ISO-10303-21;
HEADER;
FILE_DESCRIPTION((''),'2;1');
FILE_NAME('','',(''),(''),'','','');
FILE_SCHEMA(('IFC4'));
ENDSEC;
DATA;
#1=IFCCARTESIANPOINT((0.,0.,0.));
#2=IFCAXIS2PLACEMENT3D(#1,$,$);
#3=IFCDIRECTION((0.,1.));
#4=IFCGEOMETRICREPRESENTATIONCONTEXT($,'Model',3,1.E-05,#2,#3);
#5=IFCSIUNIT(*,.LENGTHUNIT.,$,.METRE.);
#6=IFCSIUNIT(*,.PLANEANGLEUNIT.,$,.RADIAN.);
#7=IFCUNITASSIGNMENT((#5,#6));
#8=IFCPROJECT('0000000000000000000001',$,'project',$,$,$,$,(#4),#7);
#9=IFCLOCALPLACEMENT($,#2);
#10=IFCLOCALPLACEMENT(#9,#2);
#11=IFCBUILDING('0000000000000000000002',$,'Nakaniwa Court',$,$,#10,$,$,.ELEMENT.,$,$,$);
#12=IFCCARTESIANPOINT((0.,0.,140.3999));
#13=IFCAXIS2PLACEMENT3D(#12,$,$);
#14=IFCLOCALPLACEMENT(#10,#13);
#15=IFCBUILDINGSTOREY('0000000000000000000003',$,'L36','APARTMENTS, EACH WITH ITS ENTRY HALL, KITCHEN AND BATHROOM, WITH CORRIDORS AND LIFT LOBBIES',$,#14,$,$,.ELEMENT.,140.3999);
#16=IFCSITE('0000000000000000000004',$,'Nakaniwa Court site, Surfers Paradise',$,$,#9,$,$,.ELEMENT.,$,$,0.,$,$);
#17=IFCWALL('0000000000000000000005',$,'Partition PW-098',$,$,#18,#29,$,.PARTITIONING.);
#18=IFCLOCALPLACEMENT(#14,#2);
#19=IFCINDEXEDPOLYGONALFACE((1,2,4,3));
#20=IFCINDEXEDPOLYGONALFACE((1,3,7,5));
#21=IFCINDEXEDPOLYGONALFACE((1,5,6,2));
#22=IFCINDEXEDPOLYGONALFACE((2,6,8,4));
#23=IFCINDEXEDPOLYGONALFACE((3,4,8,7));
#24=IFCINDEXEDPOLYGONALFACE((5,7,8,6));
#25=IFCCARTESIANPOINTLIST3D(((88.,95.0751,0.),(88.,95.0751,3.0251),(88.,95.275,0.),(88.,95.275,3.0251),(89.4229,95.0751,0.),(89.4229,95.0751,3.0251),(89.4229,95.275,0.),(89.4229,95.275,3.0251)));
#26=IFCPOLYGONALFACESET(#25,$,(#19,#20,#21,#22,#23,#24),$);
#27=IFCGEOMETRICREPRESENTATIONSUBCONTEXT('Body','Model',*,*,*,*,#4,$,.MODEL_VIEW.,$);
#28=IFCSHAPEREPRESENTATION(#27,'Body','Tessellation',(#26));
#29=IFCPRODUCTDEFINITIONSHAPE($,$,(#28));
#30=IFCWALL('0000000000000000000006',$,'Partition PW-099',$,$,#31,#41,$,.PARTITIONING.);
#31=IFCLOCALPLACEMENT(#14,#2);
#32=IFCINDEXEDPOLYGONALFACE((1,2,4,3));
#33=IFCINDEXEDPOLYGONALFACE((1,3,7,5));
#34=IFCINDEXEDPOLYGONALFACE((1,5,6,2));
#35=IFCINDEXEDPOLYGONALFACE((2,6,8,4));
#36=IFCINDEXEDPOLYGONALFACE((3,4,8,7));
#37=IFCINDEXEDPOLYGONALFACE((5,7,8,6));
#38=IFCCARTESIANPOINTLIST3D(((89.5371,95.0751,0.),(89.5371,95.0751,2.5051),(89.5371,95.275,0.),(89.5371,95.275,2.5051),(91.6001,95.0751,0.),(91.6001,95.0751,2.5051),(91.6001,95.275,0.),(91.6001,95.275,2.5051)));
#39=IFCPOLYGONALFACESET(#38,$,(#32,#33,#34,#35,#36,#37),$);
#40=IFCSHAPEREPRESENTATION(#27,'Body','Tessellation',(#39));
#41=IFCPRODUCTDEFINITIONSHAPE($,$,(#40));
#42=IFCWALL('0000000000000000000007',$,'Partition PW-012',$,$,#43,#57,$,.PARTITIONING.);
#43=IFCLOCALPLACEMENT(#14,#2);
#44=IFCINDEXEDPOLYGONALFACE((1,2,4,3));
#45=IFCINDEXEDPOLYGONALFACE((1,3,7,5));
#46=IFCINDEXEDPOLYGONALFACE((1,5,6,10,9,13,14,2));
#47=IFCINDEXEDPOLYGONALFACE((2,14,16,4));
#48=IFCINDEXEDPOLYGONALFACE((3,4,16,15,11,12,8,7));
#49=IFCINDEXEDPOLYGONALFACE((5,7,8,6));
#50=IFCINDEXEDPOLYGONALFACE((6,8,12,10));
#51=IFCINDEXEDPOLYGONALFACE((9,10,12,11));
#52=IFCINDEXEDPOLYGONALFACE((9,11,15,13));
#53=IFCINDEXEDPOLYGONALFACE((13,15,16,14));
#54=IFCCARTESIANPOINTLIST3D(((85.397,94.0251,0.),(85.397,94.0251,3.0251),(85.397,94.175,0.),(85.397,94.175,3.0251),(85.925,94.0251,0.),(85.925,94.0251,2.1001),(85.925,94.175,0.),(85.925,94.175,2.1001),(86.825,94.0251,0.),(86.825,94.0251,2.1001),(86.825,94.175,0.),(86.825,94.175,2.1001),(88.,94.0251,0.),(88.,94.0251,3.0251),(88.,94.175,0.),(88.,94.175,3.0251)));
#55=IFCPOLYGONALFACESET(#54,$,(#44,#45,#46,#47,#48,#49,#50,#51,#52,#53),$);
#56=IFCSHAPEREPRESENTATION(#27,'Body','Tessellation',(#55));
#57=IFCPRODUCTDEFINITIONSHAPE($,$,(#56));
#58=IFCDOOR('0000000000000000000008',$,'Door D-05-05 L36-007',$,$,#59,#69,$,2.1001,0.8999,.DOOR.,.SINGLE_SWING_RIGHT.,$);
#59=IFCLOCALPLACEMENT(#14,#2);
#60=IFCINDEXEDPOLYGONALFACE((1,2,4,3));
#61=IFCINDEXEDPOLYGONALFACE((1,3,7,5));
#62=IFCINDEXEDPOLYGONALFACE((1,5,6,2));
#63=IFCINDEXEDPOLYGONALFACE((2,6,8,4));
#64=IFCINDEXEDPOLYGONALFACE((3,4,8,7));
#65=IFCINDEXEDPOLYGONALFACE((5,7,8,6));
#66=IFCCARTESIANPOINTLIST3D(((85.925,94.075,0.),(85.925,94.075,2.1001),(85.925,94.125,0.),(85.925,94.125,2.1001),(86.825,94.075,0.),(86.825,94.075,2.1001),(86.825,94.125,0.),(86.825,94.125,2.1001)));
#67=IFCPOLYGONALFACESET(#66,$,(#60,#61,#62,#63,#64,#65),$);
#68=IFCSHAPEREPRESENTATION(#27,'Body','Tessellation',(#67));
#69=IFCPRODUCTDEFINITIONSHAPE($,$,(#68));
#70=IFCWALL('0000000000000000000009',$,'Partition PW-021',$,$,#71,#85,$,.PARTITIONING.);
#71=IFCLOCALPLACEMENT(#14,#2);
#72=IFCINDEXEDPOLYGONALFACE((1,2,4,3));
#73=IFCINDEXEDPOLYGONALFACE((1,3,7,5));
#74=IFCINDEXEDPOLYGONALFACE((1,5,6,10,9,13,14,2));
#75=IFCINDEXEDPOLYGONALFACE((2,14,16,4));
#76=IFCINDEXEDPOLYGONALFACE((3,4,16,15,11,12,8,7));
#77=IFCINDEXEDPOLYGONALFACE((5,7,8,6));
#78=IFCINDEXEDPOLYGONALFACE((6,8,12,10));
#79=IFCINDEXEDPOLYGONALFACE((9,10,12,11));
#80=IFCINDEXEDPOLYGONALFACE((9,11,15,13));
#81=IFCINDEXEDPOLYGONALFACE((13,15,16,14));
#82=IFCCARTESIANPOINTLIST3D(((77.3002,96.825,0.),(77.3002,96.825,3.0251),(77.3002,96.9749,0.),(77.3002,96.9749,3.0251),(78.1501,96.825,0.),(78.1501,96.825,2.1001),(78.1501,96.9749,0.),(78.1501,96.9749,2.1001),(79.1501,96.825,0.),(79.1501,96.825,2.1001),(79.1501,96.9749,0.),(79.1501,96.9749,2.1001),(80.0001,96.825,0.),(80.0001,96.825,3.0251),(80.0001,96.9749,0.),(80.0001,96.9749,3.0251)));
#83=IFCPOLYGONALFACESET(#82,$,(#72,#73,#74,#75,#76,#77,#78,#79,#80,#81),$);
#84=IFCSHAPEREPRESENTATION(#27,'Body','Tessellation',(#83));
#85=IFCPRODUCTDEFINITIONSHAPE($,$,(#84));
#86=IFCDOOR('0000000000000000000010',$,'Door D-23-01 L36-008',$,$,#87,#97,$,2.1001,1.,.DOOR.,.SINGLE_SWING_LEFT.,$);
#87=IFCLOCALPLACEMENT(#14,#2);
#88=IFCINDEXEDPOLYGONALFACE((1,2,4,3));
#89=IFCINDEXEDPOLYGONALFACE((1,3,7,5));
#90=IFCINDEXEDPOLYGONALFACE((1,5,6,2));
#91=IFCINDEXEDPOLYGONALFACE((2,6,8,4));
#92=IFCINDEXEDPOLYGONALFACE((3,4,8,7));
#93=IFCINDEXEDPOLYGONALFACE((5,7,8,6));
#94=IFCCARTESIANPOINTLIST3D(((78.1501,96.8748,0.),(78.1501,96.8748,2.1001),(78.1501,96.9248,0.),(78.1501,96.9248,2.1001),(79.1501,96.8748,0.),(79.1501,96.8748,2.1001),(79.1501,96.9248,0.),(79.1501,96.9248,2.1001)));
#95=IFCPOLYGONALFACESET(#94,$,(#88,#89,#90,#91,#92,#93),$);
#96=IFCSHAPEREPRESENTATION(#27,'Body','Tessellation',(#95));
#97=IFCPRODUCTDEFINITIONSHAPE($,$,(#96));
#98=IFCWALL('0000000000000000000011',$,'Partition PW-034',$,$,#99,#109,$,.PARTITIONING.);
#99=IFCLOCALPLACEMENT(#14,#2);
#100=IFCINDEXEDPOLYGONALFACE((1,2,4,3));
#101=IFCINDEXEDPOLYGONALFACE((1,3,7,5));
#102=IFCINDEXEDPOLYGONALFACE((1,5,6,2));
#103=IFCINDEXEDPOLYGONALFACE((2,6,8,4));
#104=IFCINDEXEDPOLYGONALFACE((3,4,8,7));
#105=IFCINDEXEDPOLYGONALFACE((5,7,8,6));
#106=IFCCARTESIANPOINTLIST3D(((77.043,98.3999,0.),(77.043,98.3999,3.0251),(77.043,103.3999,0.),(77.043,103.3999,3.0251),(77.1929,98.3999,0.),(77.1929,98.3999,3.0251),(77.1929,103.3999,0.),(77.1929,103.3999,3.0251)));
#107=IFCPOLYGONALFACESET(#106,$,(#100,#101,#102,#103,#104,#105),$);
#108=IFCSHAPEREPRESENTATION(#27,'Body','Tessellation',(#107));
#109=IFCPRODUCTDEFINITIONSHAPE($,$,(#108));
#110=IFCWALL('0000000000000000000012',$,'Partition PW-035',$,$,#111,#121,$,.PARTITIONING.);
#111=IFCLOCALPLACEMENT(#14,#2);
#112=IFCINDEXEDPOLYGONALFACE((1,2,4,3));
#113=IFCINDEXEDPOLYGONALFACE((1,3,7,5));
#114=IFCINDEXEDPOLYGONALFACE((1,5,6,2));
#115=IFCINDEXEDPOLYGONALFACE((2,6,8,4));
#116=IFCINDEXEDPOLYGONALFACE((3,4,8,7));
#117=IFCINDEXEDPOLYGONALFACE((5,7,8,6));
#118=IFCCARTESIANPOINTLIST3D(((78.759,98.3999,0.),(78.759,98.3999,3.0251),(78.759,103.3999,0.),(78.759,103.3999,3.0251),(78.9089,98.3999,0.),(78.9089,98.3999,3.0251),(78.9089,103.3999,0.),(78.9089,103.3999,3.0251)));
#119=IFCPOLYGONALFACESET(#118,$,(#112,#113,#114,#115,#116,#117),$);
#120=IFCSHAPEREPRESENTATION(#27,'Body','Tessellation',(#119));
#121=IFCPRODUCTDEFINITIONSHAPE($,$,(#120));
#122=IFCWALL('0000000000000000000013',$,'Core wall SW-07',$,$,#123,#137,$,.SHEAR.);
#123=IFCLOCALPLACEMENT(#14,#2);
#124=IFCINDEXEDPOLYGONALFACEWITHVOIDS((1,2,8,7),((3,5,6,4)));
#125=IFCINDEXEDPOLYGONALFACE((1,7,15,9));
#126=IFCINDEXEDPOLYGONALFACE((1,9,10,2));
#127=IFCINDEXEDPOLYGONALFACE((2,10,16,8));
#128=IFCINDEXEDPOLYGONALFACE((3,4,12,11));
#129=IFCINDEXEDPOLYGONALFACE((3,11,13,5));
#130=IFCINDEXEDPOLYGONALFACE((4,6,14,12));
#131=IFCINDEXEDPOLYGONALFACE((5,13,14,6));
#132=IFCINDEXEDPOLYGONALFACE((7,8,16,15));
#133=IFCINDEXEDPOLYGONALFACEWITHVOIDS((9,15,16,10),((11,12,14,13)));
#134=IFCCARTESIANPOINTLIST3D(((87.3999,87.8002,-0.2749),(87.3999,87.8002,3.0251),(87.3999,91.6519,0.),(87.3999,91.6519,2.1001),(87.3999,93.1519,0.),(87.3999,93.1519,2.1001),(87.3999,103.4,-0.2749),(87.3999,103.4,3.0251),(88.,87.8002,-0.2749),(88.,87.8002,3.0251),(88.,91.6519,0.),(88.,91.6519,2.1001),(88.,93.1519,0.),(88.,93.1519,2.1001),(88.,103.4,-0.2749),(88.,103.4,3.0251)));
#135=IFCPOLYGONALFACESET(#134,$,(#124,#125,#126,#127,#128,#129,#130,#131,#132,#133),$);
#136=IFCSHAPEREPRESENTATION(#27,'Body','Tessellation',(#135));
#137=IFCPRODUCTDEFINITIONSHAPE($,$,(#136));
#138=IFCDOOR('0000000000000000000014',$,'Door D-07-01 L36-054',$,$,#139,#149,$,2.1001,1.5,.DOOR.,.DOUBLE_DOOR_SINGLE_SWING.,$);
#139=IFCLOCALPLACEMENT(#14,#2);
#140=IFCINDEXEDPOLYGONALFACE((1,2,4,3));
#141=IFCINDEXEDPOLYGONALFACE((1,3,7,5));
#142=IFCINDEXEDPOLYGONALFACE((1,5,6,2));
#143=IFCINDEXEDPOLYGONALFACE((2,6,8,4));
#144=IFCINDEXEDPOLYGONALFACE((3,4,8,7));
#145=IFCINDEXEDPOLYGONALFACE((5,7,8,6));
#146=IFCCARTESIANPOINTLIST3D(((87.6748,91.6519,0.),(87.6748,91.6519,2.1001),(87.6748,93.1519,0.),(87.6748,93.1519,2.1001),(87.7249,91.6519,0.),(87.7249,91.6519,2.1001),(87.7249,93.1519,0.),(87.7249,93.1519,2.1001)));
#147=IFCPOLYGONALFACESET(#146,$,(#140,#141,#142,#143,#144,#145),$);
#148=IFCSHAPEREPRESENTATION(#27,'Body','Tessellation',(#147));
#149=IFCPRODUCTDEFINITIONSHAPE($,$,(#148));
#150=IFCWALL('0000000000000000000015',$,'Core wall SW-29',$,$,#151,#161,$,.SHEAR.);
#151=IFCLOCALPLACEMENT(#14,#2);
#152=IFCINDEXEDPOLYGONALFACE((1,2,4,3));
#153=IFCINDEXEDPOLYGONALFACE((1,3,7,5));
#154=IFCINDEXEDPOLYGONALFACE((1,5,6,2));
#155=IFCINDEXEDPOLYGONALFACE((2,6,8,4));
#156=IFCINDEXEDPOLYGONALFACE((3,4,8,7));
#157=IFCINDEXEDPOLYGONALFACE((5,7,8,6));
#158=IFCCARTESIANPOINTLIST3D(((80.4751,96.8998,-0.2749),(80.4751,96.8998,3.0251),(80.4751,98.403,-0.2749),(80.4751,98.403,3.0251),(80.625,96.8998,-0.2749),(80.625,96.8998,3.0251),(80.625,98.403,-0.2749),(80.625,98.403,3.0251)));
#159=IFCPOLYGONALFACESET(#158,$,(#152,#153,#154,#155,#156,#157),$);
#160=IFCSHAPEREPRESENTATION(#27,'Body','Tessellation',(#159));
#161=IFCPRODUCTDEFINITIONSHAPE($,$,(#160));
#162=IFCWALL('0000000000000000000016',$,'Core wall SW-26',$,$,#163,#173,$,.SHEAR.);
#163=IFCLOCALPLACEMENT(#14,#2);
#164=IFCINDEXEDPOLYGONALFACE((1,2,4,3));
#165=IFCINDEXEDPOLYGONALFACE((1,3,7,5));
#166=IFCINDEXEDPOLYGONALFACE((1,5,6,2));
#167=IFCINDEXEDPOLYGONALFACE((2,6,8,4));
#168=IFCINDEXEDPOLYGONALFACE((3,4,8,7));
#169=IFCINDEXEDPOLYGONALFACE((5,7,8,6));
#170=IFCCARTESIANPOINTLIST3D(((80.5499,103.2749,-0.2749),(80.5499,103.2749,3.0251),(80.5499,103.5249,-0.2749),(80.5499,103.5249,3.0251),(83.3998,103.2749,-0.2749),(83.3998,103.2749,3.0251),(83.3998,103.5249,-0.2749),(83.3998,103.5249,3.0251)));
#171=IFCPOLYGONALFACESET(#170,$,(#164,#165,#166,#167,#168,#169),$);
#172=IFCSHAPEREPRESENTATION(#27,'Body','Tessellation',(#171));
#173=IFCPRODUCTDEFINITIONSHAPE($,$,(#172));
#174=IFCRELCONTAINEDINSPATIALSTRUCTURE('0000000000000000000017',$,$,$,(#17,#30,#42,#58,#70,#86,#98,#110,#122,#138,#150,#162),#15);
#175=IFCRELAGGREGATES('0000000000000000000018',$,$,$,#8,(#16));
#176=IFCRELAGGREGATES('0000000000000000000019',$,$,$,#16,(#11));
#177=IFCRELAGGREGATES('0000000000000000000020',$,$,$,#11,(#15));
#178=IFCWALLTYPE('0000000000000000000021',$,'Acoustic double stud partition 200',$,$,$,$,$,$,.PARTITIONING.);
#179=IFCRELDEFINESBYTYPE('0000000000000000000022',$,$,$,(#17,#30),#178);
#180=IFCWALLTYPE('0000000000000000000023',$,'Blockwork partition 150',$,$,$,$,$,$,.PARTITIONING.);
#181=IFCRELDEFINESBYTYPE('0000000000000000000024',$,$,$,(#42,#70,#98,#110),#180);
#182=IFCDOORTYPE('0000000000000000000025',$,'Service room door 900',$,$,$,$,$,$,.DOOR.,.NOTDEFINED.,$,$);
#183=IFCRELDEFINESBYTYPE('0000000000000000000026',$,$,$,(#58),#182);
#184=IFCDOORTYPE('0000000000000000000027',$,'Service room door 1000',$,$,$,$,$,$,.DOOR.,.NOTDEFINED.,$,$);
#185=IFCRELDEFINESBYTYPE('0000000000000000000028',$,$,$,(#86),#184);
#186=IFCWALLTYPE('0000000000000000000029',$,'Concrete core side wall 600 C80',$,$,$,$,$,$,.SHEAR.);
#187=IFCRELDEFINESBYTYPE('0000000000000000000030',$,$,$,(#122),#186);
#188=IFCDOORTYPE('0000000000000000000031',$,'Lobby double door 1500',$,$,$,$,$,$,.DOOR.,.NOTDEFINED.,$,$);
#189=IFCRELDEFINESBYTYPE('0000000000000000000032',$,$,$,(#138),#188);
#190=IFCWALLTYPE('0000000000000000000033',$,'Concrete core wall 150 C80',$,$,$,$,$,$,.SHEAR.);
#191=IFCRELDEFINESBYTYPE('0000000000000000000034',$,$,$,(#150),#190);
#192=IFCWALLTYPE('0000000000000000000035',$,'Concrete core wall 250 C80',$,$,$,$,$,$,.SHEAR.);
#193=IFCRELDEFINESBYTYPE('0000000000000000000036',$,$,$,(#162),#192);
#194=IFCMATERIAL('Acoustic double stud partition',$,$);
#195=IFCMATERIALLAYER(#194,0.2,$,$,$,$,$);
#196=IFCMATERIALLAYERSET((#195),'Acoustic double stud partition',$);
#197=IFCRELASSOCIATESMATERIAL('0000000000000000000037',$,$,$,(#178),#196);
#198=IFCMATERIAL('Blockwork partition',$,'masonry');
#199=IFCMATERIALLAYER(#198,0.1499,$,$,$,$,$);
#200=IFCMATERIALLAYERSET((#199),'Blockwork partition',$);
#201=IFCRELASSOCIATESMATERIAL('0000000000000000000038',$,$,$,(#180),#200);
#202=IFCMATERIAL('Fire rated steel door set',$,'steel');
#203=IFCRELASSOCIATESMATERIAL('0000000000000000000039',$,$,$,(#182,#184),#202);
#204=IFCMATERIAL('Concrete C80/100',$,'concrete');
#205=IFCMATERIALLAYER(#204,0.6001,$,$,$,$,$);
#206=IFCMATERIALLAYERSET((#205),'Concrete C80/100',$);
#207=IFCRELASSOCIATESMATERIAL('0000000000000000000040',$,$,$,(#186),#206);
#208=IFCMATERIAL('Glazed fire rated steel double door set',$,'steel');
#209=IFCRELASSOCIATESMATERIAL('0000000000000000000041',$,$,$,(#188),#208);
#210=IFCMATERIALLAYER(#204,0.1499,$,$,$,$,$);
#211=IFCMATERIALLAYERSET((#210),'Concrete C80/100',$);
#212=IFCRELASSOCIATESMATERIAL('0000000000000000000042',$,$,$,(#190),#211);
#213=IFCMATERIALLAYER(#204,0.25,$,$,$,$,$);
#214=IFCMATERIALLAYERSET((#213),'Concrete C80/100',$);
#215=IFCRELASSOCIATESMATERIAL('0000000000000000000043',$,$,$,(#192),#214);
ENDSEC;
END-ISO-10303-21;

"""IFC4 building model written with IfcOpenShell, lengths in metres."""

from ifc_helpers import new_model, si_unit, direction, frame, frame_2d, origin, place, context, subcontext, project, spatial, rectangle, extrude, material, layer, layer_set, type_object, element, fill, save


model = new_model("IFC4")

# Units and contexts
model_context = context("Model", 3, precision=1e-05, world=origin(), true_north=direction((0.0, 1.0)))
body_context = subcontext(model_context, "Body", "Model", "MODEL_VIEW")
ifc_project = project(units=[si_unit("LENGTHUNIT", "METRE"), si_unit("PLANEANGLEUNIT", "RADIAN")], contexts=[model_context])

# Site, building, storey
site_placement = place(None, origin())
site = spatial("IfcSite", under=ifc_project, at=site_placement, Name="Nakaniwa Court site, Surfers Paradise", CompositionType="ELEMENT", RefElevation=0.0)
building_placement = place(site_placement, origin())
building = spatial("IfcBuilding", under=site, at=building_placement, Name="Nakaniwa Court", CompositionType="ELEMENT")
storey_placement = place(building_placement, frame((0.0, 0.0, 140.3999)))
storey = spatial("IfcBuildingStorey", under=building, at=storey_placement, Name="L36", Description="APARTMENTS, EACH WITH ITS ENTRY HALL, KITCHEN AND BATHROOM, WITH CORRIDORS AND LIFT LOBBIES", CompositionType="ELEMENT", Elevation=140.3999)

# Walls
ifc_material_1 = material(Name="Acoustic double stud partition")
ifc_layer_1 = layer(ifc_material_1, 0.2)
ifc_layer_set_1 = layer_set([ifc_layer_1], Name="Acoustic double stud partition")
wall_type_1 = type_object("IfcWallType", Name="Acoustic double stud partition 200", PredefinedType="PARTITIONING", material=ifc_layer_set_1)
wall_1_placement = place(storey_placement, frame((88.0, 95.175, 0.0), z_axis=(0.0, 0.0, 1.0), x_axis=(1.0, 0.0, 0.0)))
element("IfcWall", 1, at=wall_1_placement, inside=storey, type_object=wall_type_1, Name="Partition PW-098", PredefinedType="PARTITIONING", context=body_context, shape_type="SweptSolid", body=[
    extrude(rectangle(XDim=1.4229, YDim=0.2, at=frame_2d((0.7114, 0.0))), origin(), (0.0, 0.0, 1.0), 3.0251),
])
wall_2_placement = place(storey_placement, frame((89.5371, 95.175, 0.0), z_axis=(0.0, 0.0, 1.0), x_axis=(1.0, 0.0, 0.0)))
element("IfcWall", 2, at=wall_2_placement, inside=storey, type_object=wall_type_1, Name="Partition PW-099", PredefinedType="PARTITIONING", context=body_context, shape_type="SweptSolid", body=[
    extrude(rectangle(XDim=2.063, YDim=0.2, at=frame_2d((1.0315, 0.0))), origin(), (0.0, 0.0, 1.0), 2.5051),
])

# Walls, openings, doors
ifc_material_2 = material(Name="Blockwork partition", Category="masonry")
ifc_layer_2 = layer(ifc_material_2, 0.1499)
ifc_layer_set_2 = layer_set([ifc_layer_2], Name="Blockwork partition")
wall_type_2 = type_object("IfcWallType", Name="Blockwork partition 150", PredefinedType="PARTITIONING", material=ifc_layer_set_2)
wall_3_placement = place(storey_placement, frame((85.397, 94.1001, 0.0), z_axis=(0.0, 0.0, 1.0), x_axis=(1.0, 0.0, 0.0)))
wall_3 = element("IfcWall", 3, at=wall_3_placement, inside=storey, type_object=wall_type_2, Name="Partition PW-012", PredefinedType="PARTITIONING", context=body_context, shape_type="SweptSolid", body=[
    extrude(rectangle(XDim=2.603, YDim=0.1499, at=frame_2d((1.3015, 0.0))), origin(), (0.0, 0.0, 1.0), 3.0251),
])
opening_1_placement = place(wall_3_placement, frame((0.5281, 0.0, 0.0)))
opening_1 = element("IfcOpeningElement", 4, at=opening_1_placement, cuts=wall_3, PredefinedType="OPENING", context=body_context, shape_type="SweptSolid", body=[
    extrude(rectangle(XDim=0.8999, YDim=2.1001, at=frame_2d((0.45, 1.05))), frame((0.0, 0.085, 0.0), z_axis=(0.0, -1.0, 0.0), x_axis=(1.0, 0.0, 0.0)), (0.0, 0.0, 1.0), 0.1699),
])
ifc_material_3 = material(Name="Fire rated steel door set", Category="steel")
door_type_1 = type_object("IfcDoorType", Name="Service room door 900", OperationType="NOTDEFINED", PredefinedType="DOOR", material=ifc_material_3)
door_1_placement = place(opening_1_placement, origin())
door_1 = element("IfcDoor", 5, at=door_1_placement, inside=storey, type_object=door_type_1, Name="Door D-05-05 L36-007", OperationType="SINGLE_SWING_RIGHT", OverallHeight=2.1001, OverallWidth=0.8999, PredefinedType="DOOR", context=body_context, shape_type="SweptSolid", body=[
    extrude(rectangle(XDim=0.8999, YDim=2.1001, at=frame_2d((0.45, 1.05))), frame((0.0, 0.0249, 0.0), z_axis=(0.0, -1.0, 0.0), x_axis=(1.0, 0.0, 0.0)), (0.0, 0.0, 1.0), 0.05),
])
fill(opening_1, door_1)
wall_4_placement = place(storey_placement, frame((77.3, 96.8999, 0.0), z_axis=(0.0, 0.0, 1.0), x_axis=(1.0, 0.0, 0.0)))
wall_4 = element("IfcWall", 6, at=wall_4_placement, inside=storey, type_object=wall_type_2, Name="Partition PW-021", PredefinedType="PARTITIONING", context=body_context, shape_type="SweptSolid", body=[
    extrude(rectangle(XDim=2.7, YDim=0.1499, at=frame_2d((1.3501, 0.0))), origin(), (0.0, 0.0, 1.0), 3.0251),
])
opening_2_placement = place(wall_4_placement, frame((0.8501, 0.0, 0.0)))
opening_2 = element("IfcOpeningElement", 7, at=opening_2_placement, cuts=wall_4, PredefinedType="OPENING", context=body_context, shape_type="SweptSolid", body=[
    extrude(rectangle(XDim=1.0, YDim=2.1001, at=frame_2d((0.5, 1.05))), frame((0.0, 0.085, 0.0), z_axis=(0.0, -1.0, 0.0), x_axis=(1.0, 0.0, 0.0)), (0.0, 0.0, 1.0), 0.1699),
])
door_type_2 = type_object("IfcDoorType", Name="Service room door 1000", OperationType="NOTDEFINED", PredefinedType="DOOR", material=ifc_material_3)
door_2_placement = place(opening_2_placement, origin())
door_2 = element("IfcDoor", 8, at=door_2_placement, inside=storey, type_object=door_type_2, Name="Door D-23-01 L36-008", OperationType="SINGLE_SWING_LEFT", OverallHeight=2.1001, OverallWidth=1.0, PredefinedType="DOOR", context=body_context, shape_type="SweptSolid", body=[
    extrude(rectangle(XDim=1.0, YDim=2.1001, at=frame_2d((0.5, 1.05))), frame((0.0, 0.0249, 0.0), z_axis=(0.0, -1.0, 0.0), x_axis=(1.0, 0.0, 0.0)), (0.0, 0.0, 1.0), 0.05),
])
fill(opening_2, door_2)

# Walls
for number, where, z_axis, x_axis, name in (
    (9, (77.1179, 98.3999, 0.0), (0.0, 0.0, 1.0), (0.0, 1.0, 0.0), "Partition PW-034"),
    (10, (78.834, 98.3999, 0.0), (0.0, 0.0, 1.0), (0.0, 1.0, 0.0), "Partition PW-035"),
):
    element("IfcWall", number, at=place(storey_placement, frame(where, z_axis=z_axis, x_axis=x_axis)), inside=storey, type_object=wall_type_2, Name=name, PredefinedType="PARTITIONING", context=body_context, shape_type="SweptSolid", body=[
        extrude(rectangle(XDim=5.0, YDim=0.1499, at=frame_2d((2.5, 0.0))), origin(), (0.0, 0.0, 1.0), 3.0251),
    ])

# Wall, opening, door
ifc_material_4 = material(Name="Concrete C80/100", Category="concrete")
ifc_layer_3 = layer(ifc_material_4, 0.6001)
ifc_layer_set_3 = layer_set([ifc_layer_3], Name="Concrete C80/100")
wall_type_3 = type_object("IfcWallType", Name="Concrete core side wall 600 C80", PredefinedType="SHEAR", material=ifc_layer_set_3)
wall_5_placement = place(storey_placement, frame((87.7, 103.3999, -0.2749), z_axis=(0.0, 0.0, 1.0), x_axis=(0.0, -1.0, 0.0)))
wall_5 = element("IfcWall", 11, at=wall_5_placement, inside=storey, type_object=wall_type_3, Name="Core wall SW-07", PredefinedType="SHEAR", context=body_context, shape_type="SweptSolid", body=[
    extrude(rectangle(XDim=15.5999, YDim=0.6001, at=frame_2d((7.7998, 0.0))), origin(), (0.0, 0.0, 1.0), 3.3),
])
opening_3_placement = place(wall_5_placement, frame((10.248, 0.0, 0.2749)))
opening_3 = element("IfcOpeningElement", 12, at=opening_3_placement, cuts=wall_5, PredefinedType="OPENING", context=body_context, shape_type="SweptSolid", body=[
    extrude(rectangle(XDim=1.5, YDim=2.1001, at=frame_2d((0.75, 1.05))), frame((0.0, 0.3101, 0.0), z_axis=(0.0, -1.0, 0.0), x_axis=(1.0, 0.0, 0.0)), (0.0, 0.0, 1.0), 0.6201),
])
ifc_material_5 = material(Name="Glazed fire rated steel double door set", Category="steel")
door_type_3 = type_object("IfcDoorType", Name="Lobby double door 1500", OperationType="NOTDEFINED", PredefinedType="DOOR", material=ifc_material_5)
door_3_placement = place(opening_3_placement, origin())
door_3 = element("IfcDoor", 13, at=door_3_placement, inside=storey, type_object=door_type_3, Name="Door D-07-01 L36-054", OperationType="DOUBLE_DOOR_SINGLE_SWING", OverallHeight=2.1001, OverallWidth=1.5, PredefinedType="DOOR", context=body_context, shape_type="SweptSolid", body=[
    extrude(rectangle(XDim=1.5, YDim=2.1001, at=frame_2d((0.75, 1.05))), frame((0.0, 0.0249, 0.0), z_axis=(0.0, -1.0, 0.0), x_axis=(1.0, 0.0, 0.0)), (0.0, 0.0, 1.0), 0.05),
])
fill(opening_3, door_3)

# Walls
ifc_layer_4 = layer(ifc_material_4, 0.1499)
ifc_layer_set_4 = layer_set([ifc_layer_4], Name="Concrete C80/100")
wall_type_4 = type_object("IfcWallType", Name="Concrete core wall 150 C80", PredefinedType="SHEAR", material=ifc_layer_set_4)
wall_6_placement = place(storey_placement, frame((80.55, 96.8999, -0.2749), z_axis=(0.0, 0.0, 1.0), x_axis=(0.0, 1.0, 0.0)))
element("IfcWall", 14, at=wall_6_placement, inside=storey, type_object=wall_type_4, Name="Core wall SW-29", PredefinedType="SHEAR", context=body_context, shape_type="SweptSolid", body=[
    extrude(rectangle(XDim=1.5032, YDim=0.1499, at=frame_2d((0.7515, 0.0))), origin(), (0.0, 0.0, 1.0), 3.3),
])
ifc_layer_5 = layer(ifc_material_4, 0.25)
ifc_layer_set_5 = layer_set([ifc_layer_5], Name="Concrete C80/100")
wall_type_5 = type_object("IfcWallType", Name="Concrete core wall 250 C80", PredefinedType="SHEAR", material=ifc_layer_set_5)
wall_7_placement = place(storey_placement, frame((80.55, 103.3999, -0.2749), z_axis=(0.0, 0.0, 1.0), x_axis=(1.0, 0.0, 0.0)))
element("IfcWall", 15, at=wall_7_placement, inside=storey, type_object=wall_type_5, Name="Core wall SW-26", PredefinedType="SHEAR", context=body_context, shape_type="SweptSolid", body=[
    extrude(rectangle(XDim=2.8499, YDim=0.25, at=frame_2d((1.4248, 0.0))), origin(), (0.0, 0.0, 1.0), 3.3),
])

save(model, "model.ifc")
